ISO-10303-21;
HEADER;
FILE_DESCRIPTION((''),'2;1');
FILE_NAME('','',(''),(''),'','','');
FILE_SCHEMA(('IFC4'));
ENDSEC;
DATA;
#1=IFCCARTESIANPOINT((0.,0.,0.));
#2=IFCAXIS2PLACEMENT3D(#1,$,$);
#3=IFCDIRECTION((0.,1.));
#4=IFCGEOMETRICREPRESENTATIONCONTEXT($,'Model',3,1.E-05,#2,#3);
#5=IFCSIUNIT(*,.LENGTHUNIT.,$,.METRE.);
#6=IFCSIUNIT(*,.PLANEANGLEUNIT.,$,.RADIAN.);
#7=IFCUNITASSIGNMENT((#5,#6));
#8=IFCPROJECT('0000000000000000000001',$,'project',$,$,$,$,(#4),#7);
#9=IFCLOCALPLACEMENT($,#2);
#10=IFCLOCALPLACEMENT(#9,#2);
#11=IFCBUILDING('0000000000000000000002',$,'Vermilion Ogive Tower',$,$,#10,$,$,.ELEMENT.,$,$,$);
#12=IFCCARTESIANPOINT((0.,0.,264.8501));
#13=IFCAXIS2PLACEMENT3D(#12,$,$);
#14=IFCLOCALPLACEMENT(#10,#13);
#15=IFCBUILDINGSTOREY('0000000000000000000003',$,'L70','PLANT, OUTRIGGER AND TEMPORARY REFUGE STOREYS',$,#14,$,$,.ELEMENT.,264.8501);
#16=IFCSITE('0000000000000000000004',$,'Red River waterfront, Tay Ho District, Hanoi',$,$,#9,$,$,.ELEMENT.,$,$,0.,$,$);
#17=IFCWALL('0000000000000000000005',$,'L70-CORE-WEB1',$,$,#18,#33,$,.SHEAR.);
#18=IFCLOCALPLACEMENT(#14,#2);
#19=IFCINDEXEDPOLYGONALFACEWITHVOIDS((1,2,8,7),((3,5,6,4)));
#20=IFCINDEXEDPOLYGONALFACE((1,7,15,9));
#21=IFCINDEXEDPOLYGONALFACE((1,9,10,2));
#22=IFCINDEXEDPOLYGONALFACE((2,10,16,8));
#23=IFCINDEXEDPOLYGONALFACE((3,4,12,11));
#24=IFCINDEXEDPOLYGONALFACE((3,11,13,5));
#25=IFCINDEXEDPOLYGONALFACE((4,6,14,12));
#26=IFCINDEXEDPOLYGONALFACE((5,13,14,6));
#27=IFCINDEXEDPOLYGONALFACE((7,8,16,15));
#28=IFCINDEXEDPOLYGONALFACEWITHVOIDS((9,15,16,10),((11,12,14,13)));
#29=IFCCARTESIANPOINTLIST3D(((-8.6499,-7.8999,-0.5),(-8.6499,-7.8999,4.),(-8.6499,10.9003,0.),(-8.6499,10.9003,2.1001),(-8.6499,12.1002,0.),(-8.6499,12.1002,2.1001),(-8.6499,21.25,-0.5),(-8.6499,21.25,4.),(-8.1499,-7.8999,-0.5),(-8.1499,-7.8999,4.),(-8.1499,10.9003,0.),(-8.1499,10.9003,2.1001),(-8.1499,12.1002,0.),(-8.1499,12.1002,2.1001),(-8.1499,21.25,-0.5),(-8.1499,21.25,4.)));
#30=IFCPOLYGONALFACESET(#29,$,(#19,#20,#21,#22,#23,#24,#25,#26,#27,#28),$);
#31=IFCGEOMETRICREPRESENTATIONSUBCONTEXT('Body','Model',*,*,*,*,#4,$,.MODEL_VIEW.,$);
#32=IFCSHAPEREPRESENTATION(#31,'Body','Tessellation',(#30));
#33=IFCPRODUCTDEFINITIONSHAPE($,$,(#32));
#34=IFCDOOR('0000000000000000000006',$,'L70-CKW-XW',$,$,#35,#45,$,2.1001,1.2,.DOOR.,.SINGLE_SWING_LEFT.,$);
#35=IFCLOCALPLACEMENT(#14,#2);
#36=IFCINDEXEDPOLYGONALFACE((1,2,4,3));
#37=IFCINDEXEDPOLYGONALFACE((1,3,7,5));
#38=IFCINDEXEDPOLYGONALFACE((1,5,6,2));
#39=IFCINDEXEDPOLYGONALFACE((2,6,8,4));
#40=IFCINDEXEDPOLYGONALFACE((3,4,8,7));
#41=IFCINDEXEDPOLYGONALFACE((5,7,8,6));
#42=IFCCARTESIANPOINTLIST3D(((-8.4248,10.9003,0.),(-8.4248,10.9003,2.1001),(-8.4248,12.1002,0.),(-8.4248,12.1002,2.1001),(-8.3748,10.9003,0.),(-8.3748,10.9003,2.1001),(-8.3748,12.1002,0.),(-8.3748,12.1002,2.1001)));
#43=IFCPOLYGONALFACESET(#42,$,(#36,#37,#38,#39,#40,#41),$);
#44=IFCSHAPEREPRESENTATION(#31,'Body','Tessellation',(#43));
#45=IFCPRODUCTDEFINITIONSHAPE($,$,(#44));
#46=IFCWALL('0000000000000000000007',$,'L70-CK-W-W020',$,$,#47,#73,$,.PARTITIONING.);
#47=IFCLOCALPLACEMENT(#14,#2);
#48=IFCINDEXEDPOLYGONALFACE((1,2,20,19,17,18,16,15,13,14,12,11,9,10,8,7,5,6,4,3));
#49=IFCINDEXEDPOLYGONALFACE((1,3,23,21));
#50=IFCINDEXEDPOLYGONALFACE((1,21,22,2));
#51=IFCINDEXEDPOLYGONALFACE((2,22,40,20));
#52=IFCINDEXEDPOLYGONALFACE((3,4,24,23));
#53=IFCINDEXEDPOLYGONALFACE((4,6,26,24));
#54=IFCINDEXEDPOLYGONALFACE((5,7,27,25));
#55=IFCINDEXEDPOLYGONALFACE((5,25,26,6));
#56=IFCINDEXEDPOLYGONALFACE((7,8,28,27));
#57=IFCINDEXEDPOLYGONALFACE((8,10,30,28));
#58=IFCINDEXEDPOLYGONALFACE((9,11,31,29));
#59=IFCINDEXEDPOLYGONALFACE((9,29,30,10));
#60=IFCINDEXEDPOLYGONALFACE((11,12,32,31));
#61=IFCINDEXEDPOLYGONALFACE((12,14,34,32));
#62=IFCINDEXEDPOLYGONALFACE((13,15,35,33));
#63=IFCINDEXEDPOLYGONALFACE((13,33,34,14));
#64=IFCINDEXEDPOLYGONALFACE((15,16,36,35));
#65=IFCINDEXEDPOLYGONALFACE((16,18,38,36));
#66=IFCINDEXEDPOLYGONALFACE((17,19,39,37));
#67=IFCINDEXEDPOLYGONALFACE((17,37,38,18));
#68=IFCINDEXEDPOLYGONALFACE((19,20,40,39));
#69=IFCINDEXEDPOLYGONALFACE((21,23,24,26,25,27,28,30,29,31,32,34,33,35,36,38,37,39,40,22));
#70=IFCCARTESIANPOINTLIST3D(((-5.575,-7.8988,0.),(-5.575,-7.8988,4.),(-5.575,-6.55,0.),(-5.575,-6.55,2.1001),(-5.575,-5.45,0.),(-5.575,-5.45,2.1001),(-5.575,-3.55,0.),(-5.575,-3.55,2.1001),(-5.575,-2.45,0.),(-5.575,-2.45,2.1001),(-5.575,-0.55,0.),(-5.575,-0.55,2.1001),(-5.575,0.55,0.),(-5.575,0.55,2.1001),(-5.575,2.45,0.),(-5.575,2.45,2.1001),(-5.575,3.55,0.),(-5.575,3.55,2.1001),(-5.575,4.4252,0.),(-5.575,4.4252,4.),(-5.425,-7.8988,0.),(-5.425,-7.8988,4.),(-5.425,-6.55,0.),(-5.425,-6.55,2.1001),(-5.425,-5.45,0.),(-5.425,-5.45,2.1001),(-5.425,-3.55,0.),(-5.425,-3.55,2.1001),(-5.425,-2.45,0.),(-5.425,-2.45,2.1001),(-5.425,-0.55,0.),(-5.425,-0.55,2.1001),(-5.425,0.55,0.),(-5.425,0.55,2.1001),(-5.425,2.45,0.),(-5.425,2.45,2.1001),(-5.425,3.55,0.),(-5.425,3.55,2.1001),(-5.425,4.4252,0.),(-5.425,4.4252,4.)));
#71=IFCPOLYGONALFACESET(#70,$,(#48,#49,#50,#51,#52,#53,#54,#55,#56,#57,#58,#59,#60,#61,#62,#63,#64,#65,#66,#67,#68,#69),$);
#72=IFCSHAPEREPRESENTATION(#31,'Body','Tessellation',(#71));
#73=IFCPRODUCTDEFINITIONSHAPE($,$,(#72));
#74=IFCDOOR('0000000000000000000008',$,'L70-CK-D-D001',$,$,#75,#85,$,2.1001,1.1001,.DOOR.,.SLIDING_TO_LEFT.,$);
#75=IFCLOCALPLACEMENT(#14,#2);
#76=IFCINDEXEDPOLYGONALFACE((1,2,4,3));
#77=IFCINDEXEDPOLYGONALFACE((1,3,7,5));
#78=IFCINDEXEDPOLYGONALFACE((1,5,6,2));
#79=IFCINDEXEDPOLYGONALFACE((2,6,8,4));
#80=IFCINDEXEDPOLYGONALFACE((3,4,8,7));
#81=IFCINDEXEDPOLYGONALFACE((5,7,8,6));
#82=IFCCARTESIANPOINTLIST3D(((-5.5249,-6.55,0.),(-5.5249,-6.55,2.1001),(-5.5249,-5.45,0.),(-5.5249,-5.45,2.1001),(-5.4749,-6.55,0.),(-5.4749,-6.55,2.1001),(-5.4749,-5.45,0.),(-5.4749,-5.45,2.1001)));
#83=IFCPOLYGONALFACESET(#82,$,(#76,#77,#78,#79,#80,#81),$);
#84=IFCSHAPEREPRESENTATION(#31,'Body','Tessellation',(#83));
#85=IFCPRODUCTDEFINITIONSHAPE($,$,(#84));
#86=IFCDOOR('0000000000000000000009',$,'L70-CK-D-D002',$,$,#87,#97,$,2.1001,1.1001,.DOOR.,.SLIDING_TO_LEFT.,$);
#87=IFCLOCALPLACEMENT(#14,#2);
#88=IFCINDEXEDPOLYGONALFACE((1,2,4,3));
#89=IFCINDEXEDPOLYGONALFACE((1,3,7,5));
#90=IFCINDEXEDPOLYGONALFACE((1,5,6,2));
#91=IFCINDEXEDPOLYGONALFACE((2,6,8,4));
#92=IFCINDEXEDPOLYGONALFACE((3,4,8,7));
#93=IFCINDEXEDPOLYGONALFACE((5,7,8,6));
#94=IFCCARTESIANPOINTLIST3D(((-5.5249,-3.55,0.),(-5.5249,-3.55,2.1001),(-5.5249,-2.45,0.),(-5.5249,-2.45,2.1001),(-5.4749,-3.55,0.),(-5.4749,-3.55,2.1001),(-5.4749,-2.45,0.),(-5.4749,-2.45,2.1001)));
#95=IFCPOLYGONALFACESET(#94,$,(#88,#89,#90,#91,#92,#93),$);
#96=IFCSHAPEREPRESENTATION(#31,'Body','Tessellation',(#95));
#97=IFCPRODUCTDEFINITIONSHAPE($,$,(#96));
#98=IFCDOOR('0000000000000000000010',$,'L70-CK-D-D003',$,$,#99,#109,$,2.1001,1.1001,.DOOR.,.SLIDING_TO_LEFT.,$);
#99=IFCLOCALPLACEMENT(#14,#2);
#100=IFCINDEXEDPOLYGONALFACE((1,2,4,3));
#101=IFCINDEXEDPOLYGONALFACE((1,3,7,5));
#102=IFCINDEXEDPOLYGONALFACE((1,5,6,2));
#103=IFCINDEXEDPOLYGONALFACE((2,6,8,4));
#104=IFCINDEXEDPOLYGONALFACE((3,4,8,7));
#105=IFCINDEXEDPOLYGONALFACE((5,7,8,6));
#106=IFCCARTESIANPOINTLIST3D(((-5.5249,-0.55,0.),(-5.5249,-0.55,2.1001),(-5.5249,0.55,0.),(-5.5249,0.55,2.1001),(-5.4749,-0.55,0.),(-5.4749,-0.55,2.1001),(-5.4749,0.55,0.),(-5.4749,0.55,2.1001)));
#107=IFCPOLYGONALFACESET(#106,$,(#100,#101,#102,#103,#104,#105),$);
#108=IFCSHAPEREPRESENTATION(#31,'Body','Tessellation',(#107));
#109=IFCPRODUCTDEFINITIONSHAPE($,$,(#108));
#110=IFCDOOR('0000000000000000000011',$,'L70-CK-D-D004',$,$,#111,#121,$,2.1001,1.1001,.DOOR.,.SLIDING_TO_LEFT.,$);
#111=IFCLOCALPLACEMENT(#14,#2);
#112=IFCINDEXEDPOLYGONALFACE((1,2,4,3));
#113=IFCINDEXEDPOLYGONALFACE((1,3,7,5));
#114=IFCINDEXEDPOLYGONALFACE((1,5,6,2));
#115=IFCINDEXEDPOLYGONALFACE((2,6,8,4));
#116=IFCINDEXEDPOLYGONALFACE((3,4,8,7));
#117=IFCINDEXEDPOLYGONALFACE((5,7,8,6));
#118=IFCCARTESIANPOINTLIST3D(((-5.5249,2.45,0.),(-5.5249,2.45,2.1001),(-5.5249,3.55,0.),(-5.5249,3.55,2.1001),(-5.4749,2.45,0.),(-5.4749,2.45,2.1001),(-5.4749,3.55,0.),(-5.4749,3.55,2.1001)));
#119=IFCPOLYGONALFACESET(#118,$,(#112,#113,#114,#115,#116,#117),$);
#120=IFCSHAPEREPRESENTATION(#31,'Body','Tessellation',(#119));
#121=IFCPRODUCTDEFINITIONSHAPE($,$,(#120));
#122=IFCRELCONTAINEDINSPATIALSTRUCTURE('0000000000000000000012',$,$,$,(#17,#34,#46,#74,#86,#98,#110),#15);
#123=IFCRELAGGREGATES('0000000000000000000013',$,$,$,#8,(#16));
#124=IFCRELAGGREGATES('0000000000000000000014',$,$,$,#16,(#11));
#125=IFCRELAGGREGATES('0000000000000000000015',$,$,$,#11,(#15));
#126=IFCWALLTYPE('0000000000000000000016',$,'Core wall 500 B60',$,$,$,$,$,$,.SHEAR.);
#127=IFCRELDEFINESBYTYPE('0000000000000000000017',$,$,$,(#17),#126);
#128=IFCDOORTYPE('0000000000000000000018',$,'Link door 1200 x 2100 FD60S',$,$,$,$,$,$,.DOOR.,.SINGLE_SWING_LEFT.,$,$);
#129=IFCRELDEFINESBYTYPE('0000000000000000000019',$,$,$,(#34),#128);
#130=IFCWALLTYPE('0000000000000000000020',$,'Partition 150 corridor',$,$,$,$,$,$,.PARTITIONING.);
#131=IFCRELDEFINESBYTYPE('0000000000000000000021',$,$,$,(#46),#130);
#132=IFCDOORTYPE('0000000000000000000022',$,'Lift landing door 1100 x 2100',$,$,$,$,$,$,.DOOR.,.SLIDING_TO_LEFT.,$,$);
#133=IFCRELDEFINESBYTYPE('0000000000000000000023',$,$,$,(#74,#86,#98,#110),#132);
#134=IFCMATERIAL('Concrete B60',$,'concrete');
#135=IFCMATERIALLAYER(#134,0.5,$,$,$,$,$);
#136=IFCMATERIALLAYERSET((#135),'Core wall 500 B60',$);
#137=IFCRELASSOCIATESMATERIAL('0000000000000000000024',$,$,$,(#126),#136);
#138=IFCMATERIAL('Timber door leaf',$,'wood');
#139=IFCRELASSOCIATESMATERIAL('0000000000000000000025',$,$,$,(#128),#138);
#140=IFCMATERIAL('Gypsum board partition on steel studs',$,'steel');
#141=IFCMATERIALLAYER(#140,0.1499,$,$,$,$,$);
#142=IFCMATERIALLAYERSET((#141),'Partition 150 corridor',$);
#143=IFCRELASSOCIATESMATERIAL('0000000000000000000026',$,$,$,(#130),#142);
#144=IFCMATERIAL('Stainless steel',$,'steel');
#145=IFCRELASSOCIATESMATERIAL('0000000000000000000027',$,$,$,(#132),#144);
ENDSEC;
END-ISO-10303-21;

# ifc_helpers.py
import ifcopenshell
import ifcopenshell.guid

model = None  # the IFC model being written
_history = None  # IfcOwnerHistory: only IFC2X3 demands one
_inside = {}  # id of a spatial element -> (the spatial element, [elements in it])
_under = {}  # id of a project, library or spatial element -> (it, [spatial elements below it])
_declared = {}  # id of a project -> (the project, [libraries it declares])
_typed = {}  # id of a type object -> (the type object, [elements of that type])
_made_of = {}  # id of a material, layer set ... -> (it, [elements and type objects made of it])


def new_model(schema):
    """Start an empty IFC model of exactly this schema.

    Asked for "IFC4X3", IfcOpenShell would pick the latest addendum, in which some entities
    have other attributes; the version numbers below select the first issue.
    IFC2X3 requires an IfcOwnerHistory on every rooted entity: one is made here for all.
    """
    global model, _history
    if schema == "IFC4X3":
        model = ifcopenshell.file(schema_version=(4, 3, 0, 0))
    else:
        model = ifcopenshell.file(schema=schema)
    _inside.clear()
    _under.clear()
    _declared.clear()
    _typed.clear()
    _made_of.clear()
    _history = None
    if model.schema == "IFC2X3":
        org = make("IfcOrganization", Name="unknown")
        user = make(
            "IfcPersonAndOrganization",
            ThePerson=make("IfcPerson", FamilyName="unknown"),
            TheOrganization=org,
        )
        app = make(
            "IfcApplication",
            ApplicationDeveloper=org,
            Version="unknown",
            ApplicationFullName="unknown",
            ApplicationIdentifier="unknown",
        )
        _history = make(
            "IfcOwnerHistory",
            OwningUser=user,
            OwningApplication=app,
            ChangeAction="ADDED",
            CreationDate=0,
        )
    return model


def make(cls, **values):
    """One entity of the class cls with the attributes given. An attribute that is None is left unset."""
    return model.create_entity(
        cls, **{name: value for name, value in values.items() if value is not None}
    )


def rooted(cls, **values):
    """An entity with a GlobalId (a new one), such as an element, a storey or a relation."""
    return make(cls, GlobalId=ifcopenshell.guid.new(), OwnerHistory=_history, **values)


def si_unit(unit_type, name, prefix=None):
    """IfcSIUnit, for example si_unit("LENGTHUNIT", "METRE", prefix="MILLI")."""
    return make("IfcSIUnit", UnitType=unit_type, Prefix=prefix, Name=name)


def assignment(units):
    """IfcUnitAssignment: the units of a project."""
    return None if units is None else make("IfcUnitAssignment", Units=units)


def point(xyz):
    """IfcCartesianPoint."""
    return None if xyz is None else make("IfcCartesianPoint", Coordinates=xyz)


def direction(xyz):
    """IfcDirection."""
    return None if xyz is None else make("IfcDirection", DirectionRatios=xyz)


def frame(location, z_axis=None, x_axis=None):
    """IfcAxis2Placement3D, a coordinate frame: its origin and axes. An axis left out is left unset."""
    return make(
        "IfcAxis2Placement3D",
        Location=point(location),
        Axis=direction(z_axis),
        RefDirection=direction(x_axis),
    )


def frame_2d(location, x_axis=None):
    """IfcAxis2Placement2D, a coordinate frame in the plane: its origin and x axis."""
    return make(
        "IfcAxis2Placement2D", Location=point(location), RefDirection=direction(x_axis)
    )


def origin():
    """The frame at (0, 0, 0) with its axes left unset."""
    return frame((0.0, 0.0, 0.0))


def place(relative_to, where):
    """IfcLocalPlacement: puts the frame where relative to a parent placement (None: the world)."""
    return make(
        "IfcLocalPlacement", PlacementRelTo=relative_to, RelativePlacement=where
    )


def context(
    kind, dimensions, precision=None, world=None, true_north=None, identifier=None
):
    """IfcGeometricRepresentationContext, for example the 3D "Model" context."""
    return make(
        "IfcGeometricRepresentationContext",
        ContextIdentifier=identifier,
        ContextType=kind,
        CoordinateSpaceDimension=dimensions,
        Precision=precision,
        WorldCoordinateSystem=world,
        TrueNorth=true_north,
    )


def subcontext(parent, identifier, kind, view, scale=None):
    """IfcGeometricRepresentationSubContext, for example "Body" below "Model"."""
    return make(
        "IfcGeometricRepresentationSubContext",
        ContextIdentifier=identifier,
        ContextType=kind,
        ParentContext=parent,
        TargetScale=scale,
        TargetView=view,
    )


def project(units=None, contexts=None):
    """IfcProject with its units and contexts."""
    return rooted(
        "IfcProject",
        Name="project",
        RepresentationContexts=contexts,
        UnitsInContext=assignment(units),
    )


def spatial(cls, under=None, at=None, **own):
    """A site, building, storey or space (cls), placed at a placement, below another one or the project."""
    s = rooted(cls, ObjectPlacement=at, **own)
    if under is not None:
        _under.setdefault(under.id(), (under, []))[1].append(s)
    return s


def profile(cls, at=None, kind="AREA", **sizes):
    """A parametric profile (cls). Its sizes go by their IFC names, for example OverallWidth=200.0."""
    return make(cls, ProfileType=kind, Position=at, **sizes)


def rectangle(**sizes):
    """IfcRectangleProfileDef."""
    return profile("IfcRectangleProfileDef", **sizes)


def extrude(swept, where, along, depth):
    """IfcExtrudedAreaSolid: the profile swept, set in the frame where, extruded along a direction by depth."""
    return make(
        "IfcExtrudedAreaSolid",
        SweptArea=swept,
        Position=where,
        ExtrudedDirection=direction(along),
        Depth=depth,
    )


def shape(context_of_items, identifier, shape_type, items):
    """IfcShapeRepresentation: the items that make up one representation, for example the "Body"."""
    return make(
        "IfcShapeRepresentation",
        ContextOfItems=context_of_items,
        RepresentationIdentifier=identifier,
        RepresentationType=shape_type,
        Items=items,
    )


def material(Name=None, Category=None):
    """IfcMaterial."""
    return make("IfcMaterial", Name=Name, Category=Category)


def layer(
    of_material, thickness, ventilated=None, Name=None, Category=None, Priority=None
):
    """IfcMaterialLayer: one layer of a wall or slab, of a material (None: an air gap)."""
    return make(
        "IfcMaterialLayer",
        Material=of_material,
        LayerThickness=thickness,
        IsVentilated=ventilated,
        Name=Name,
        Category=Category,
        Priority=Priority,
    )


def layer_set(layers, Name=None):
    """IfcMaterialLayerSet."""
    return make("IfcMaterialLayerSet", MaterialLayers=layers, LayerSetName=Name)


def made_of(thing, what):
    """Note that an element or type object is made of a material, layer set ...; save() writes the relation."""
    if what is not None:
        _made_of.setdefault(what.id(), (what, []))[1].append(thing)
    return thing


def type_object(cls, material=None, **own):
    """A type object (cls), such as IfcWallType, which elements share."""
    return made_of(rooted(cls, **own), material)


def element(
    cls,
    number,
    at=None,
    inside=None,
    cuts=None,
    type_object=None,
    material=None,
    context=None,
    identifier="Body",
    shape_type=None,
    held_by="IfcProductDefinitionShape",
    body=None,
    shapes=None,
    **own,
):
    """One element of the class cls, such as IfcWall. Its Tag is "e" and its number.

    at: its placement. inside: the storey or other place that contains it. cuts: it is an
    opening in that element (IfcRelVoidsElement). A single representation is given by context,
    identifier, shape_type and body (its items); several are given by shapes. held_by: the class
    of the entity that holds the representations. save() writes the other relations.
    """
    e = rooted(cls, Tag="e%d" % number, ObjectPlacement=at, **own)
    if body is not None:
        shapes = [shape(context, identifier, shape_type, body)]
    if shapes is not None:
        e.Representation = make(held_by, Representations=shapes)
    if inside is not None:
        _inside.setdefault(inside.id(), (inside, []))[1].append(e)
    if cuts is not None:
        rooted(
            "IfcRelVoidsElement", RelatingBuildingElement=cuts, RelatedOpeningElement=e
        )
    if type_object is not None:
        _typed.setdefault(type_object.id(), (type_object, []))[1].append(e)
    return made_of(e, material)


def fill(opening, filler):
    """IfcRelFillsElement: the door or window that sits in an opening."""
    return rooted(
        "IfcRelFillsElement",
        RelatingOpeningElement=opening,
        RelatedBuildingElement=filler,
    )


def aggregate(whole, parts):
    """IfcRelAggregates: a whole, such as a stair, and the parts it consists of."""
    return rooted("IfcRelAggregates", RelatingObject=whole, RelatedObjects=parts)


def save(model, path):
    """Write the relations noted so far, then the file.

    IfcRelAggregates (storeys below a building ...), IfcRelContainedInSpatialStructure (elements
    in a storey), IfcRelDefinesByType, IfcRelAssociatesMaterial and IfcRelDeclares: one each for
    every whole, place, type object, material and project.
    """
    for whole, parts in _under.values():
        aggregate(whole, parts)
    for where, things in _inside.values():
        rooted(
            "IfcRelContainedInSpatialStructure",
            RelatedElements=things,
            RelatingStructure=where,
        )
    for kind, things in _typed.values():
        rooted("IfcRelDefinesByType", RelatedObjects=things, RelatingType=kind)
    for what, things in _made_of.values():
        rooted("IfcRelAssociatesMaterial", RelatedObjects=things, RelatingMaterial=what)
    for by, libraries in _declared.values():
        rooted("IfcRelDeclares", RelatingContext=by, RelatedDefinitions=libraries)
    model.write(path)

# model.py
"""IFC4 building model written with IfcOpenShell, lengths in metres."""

from ifc_helpers import new_model, si_unit, direction, frame, frame_2d, origin, place, context, subcontext, project, spatial, rectangle, extrude, material, layer, layer_set, type_object, element, fill, save


model = new_model("IFC4")

# Units and contexts
model_context = context("Model", 3, precision=1e-05, world=origin(), true_north=direction((0.0, 1.0)))
body_context = subcontext(model_context, "Body", "Model", "MODEL_VIEW")
ifc_project = project(units=[si_unit("LENGTHUNIT", "METRE"), si_unit("PLANEANGLEUNIT", "RADIAN")], contexts=[model_context])

# Site, building, storey
site_placement = place(None, origin())
site = spatial("IfcSite", under=ifc_project, at=site_placement, Name="Red River waterfront, Tay Ho District, Hanoi", CompositionType="ELEMENT", RefElevation=0.0)
building_placement = place(site_placement, origin())
building = spatial("IfcBuilding", under=site, at=building_placement, Name="Vermilion Ogive Tower", CompositionType="ELEMENT")
storey_placement = place(building_placement, frame((0.0, 0.0, 264.8501)))
storey = spatial("IfcBuildingStorey", under=building, at=storey_placement, Name="L70", Description="PLANT, OUTRIGGER AND TEMPORARY REFUGE STOREYS", CompositionType="ELEMENT", Elevation=264.8501)

# Wall, opening, door
ifc_material_1 = material(Name="Concrete B60", Category="concrete")
ifc_layer_1 = layer(ifc_material_1, 0.5)
ifc_layer_set_1 = layer_set([ifc_layer_1], Name="Core wall 500 B60")
wall_type_1 = type_object("IfcWallType", Name="Core wall 500 B60", PredefinedType="SHEAR", material=ifc_layer_set_1)
wall_1_placement = place(storey_placement, frame((-8.3999, -7.8999, -0.5), z_axis=(0.0, 0.0, 1.0), x_axis=(0.0, 1.0, 0.0)))
wall_1 = element("IfcWall", 1, at=wall_1_placement, inside=storey, type_object=wall_type_1, Name="L70-CORE-WEB1", PredefinedType="SHEAR", context=body_context, shape_type="SweptSolid", body=[
    extrude(rectangle(XDim=29.1499, YDim=0.5, at=frame_2d((14.575, 0.0))), origin(), (0.0, 0.0, 1.0), 4.5),
])
opening_1_placement = place(wall_1_placement, frame((18.8, 0.0, 0.5)))
opening_1 = element("IfcOpeningElement", 2, at=opening_1_placement, cuts=wall_1, PredefinedType="OPENING", context=body_context, shape_type="SweptSolid", body=[
    extrude(rectangle(XDim=1.2, YDim=2.1001, at=frame_2d((0.6001, 1.05))), frame((0.0, 0.26, 0.0), z_axis=(0.0, -1.0, 0.0), x_axis=(1.0, 0.0, 0.0)), (0.0, 0.0, 1.0), 0.52),
])
ifc_material_2 = material(Name="Timber door leaf", Category="wood")
door_type_1 = type_object("IfcDoorType", Name="Link door 1200 x 2100 FD60S", OperationType="SINGLE_SWING_LEFT", PredefinedType="DOOR", material=ifc_material_2)
door_1_placement = place(opening_1_placement, origin())
door_1 = element("IfcDoor", 3, at=door_1_placement, inside=storey, type_object=door_type_1, Name="L70-CKW-XW", OperationType="SINGLE_SWING_LEFT", OverallHeight=2.1001, OverallWidth=1.2, PredefinedType="DOOR", context=body_context, shape_type="SweptSolid", body=[
    extrude(rectangle(XDim=1.2, YDim=2.1001, at=frame_2d((0.6001, 1.05))), frame((0.0, 0.0249, 0.0), z_axis=(0.0, -1.0, 0.0), x_axis=(1.0, 0.0, 0.0)), (0.0, 0.0, 1.0), 0.05),
])
fill(opening_1, door_1)

# Wall, openings, doors
ifc_material_3 = material(Name="Gypsum board partition on steel studs", Category="steel")
ifc_layer_2 = layer(ifc_material_3, 0.1499)
ifc_layer_set_2 = layer_set([ifc_layer_2], Name="Partition 150 corridor")
wall_type_2 = type_object("IfcWallType", Name="Partition 150 corridor", PredefinedType="PARTITIONING", material=ifc_layer_set_2)
wall_2_placement = place(storey_placement, frame((-5.5, -7.8989, 0.0), z_axis=(0.0, 0.0, 1.0), x_axis=(0.0, 1.0, 0.0)))
wall_2 = element("IfcWall", 4, at=wall_2_placement, inside=storey, type_object=wall_type_2, Name="L70-CK-W-W020", PredefinedType="PARTITIONING", context=body_context, shape_type="SweptSolid", body=[
    extrude(rectangle(XDim=12.324, YDim=0.1499, at=frame_2d((6.1621, 0.0))), origin(), (0.0, 0.0, 1.0), 4.0),
])
opening_2_placement = place(wall_2_placement, frame((1.3489, 0.0, 0.0)))
opening_2 = element("IfcOpeningElement", 5, at=opening_2_placement, cuts=wall_2, PredefinedType="OPENING", context=body_context, shape_type="SweptSolid", body=[
    extrude(rectangle(XDim=1.1001, YDim=2.1001, at=frame_2d((0.55, 1.05))), frame((0.0, 0.085, 0.0), z_axis=(0.0, -1.0, 0.0), x_axis=(1.0, 0.0, 0.0)), (0.0, 0.0, 1.0), 0.1699),
])
opening_3_placement = place(wall_2_placement, frame((4.3489, 0.0, 0.0)))
opening_3 = element("IfcOpeningElement", 6, at=opening_3_placement, cuts=wall_2, PredefinedType="OPENING", context=body_context, shape_type="SweptSolid", body=[
    extrude(rectangle(XDim=1.1001, YDim=2.1001, at=frame_2d((0.55, 1.05))), frame((0.0, 0.085, 0.0), z_axis=(0.0, -1.0, 0.0), x_axis=(1.0, 0.0, 0.0)), (0.0, 0.0, 1.0), 0.1699),
])
opening_4_placement = place(wall_2_placement, frame((7.3489, 0.0, 0.0)))
opening_4 = element("IfcOpeningElement", 7, at=opening_4_placement, cuts=wall_2, PredefinedType="OPENING", context=body_context, shape_type="SweptSolid", body=[
    extrude(rectangle(XDim=1.1001, YDim=2.1001, at=frame_2d((0.55, 1.05))), frame((0.0, 0.085, 0.0), z_axis=(0.0, -1.0, 0.0), x_axis=(1.0, 0.0, 0.0)), (0.0, 0.0, 1.0), 0.1699),
])
opening_5_placement = place(wall_2_placement, frame((10.3489, 0.0, 0.0)))
opening_5 = element("IfcOpeningElement", 8, at=opening_5_placement, cuts=wall_2, PredefinedType="OPENING", context=body_context, shape_type="SweptSolid", body=[
    extrude(rectangle(XDim=1.1001, YDim=2.1001, at=frame_2d((0.55, 1.05))), frame((0.0, 0.085, 0.0), z_axis=(0.0, -1.0, 0.0), x_axis=(1.0, 0.0, 0.0)), (0.0, 0.0, 1.0), 0.1699),
])
ifc_material_4 = material(Name="Stainless steel", Category="steel")
door_type_2 = type_object("IfcDoorType", Name="Lift landing door 1100 x 2100", OperationType="SLIDING_TO_LEFT", PredefinedType="DOOR", material=ifc_material_4)
door_2_placement = place(opening_2_placement, origin())
door_2 = element("IfcDoor", 9, at=door_2_placement, inside=storey, type_object=door_type_2, Name="L70-CK-D-D001", OperationType="SLIDING_TO_LEFT", OverallHeight=2.1001, OverallWidth=1.1001, PredefinedType="DOOR", context=body_context, shape_type="SweptSolid", body=[
    extrude(rectangle(XDim=1.1001, YDim=2.1001, at=frame_2d((0.55, 1.05))), frame((0.0, 0.0249, 0.0), z_axis=(0.0, -1.0, 0.0), x_axis=(1.0, 0.0, 0.0)), (0.0, 0.0, 1.0), 0.05),
])
fill(opening_2, door_2)
door_3_placement = place(opening_3_placement, origin())
door_3 = element("IfcDoor", 10, at=door_3_placement, inside=storey, type_object=door_type_2, Name="L70-CK-D-D002", OperationType="SLIDING_TO_LEFT", OverallHeight=2.1001, OverallWidth=1.1001, PredefinedType="DOOR", context=body_context, shape_type="SweptSolid", body=[
    extrude(rectangle(XDim=1.1001, YDim=2.1001, at=frame_2d((0.55, 1.05))), frame((0.0, 0.0249, 0.0), z_axis=(0.0, -1.0, 0.0), x_axis=(1.0, 0.0, 0.0)), (0.0, 0.0, 1.0), 0.05),
])
fill(opening_3, door_3)
door_4_placement = place(opening_4_placement, origin())
door_4 = element("IfcDoor", 11, at=door_4_placement, inside=storey, type_object=door_type_2, Name="L70-CK-D-D003", OperationType="SLIDING_TO_LEFT", OverallHeight=2.1001, OverallWidth=1.1001, PredefinedType="DOOR", context=body_context, shape_type="SweptSolid", body=[
    extrude(rectangle(XDim=1.1001, YDim=2.1001, at=frame_2d((0.55, 1.05))), frame((0.0, 0.0249, 0.0), z_axis=(0.0, -1.0, 0.0), x_axis=(1.0, 0.0, 0.0)), (0.0, 0.0, 1.0), 0.05),
])
fill(opening_4, door_4)
door_5_placement = place(opening_5_placement, origin())
door_5 = element("IfcDoor", 12, at=door_5_placement, inside=storey, type_object=door_type_2, Name="L70-CK-D-D004", OperationType="SLIDING_TO_LEFT", OverallHeight=2.1001, OverallWidth=1.1001, PredefinedType="DOOR", context=body_context, shape_type="SweptSolid", body=[
    extrude(rectangle(XDim=1.1001, YDim=2.1001, at=frame_2d((0.55, 1.05))), frame((0.0, 0.0249, 0.0), z_axis=(0.0, -1.0, 0.0), x_axis=(1.0, 0.0, 0.0)), (0.0, 0.0, 1.0), 0.05),
])
fill(opening_5, door_5)

save(model, "model.ifc")
